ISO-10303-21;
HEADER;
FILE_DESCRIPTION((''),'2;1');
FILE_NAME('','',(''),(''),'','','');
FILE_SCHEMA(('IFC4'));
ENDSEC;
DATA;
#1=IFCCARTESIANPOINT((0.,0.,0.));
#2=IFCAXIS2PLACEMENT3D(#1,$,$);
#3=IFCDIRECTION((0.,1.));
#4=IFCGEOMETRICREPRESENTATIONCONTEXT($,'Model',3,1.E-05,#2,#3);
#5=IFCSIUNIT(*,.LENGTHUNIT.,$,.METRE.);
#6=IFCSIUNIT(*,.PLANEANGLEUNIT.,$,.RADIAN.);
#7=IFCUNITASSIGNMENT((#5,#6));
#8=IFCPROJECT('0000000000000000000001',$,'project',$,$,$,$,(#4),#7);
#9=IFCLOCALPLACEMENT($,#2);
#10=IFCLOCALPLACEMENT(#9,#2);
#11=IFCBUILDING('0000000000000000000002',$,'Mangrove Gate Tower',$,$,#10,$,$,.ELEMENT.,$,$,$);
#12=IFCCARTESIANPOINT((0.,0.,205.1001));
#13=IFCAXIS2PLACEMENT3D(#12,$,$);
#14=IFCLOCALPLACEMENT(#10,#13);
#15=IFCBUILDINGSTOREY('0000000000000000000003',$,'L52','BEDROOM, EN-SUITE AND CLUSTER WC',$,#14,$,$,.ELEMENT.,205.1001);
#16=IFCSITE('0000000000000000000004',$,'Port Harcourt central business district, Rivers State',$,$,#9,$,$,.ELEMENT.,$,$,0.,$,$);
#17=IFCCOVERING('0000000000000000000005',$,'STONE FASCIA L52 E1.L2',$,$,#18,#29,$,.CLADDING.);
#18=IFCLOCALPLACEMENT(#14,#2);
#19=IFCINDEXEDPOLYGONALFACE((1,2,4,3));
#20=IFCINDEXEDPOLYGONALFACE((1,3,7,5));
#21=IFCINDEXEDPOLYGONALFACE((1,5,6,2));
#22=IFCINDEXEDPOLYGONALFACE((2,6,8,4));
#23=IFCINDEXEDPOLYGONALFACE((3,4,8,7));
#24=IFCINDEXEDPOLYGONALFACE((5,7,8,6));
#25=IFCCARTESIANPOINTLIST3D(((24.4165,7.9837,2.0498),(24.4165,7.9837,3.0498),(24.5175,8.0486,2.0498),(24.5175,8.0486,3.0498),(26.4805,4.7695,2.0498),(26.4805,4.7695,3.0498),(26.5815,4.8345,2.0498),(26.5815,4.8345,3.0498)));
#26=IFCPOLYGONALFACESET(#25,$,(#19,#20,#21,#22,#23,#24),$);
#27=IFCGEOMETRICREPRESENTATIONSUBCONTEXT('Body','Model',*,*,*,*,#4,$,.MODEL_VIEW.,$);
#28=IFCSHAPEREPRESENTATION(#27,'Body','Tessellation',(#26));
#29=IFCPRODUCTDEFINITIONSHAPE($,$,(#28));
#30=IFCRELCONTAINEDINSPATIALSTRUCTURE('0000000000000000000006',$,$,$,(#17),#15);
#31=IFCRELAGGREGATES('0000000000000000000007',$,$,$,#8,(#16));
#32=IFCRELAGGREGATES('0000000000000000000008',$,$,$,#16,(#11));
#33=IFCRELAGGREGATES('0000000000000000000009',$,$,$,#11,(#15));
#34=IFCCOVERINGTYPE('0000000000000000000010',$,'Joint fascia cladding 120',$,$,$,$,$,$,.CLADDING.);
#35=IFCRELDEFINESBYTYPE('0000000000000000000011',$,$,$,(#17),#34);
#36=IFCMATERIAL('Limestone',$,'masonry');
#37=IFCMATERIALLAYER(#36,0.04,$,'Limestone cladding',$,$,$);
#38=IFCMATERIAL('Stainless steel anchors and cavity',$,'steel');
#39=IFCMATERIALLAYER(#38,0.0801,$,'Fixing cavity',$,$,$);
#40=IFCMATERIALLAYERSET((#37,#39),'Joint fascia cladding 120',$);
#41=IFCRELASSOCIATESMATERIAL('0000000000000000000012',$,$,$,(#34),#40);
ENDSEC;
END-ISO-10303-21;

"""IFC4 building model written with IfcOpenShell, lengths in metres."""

from ifc_helpers import new_model, si_unit, direction, frame, frame_2d, origin, place, context, subcontext, project, spatial, rectangle, extrude, material, layer, layer_set, type_object, element, save


model = new_model("IFC4")

# Units and contexts
model_context = context("Model", 3, precision=1e-05, world=origin(), true_north=direction((0.0, 1.0)))
body_context = subcontext(model_context, "Body", "Model", "MODEL_VIEW")
ifc_project = project(units=[si_unit("LENGTHUNIT", "METRE"), si_unit("PLANEANGLEUNIT", "RADIAN")], contexts=[model_context])

# Site, building, storey
site_placement = place(None, origin())
site = spatial("IfcSite", under=ifc_project, at=site_placement, Name="Port Harcourt central business district, Rivers State", CompositionType="ELEMENT", RefElevation=0.0)
building_placement = place(site_placement, origin())
building = spatial("IfcBuilding", under=site, at=building_placement, Name="Mangrove Gate Tower", CompositionType="ELEMENT")
storey_placement = place(building_placement, frame((0.0, 0.0, 205.1001)))
storey = spatial("IfcBuildingStorey", under=building, at=storey_placement, Name="L52", Description="BEDROOM, EN-SUITE AND CLUSTER WC", CompositionType="ELEMENT", Elevation=205.1001)

# Shared definitions
ifc_material_1 = material(Name="Limestone", Category="masonry")

# Covering
ifc_layer_1 = layer(ifc_material_1, 0.04, Name="Limestone cladding")
ifc_material_2 = material(Name="Stainless steel anchors and cavity", Category="steel")
ifc_layer_2 = layer(ifc_material_2, 0.0801, Name="Fixing cavity")
ifc_layer_set_1 = layer_set([ifc_layer_1, ifc_layer_2], Name="Joint fascia cladding 120")
covering_type = type_object("IfcCoveringType", Name="Joint fascia cladding 120", PredefinedType="CLADDING", material=ifc_layer_set_1)
covering_placement = place(storey_placement, frame((26.531, 4.802, 2.0498), z_axis=(0.0, 0.0, 1.0), x_axis=(-0.540341, 0.841446, 0.0)))
element("IfcCovering", 1, at=covering_placement, inside=storey, type_object=covering_type, Name="STONE FASCIA L52 E1.L2", PredefinedType="CLADDING", context=body_context, shape_type="SweptSolid", body=[
    extrude(rectangle(XDim=3.8198, YDim=0.1201, at=frame_2d((1.9099, 0.0))), origin(), (0.0, 0.0, 1.0), 1.0),
])

save(model, "model.ifc")
